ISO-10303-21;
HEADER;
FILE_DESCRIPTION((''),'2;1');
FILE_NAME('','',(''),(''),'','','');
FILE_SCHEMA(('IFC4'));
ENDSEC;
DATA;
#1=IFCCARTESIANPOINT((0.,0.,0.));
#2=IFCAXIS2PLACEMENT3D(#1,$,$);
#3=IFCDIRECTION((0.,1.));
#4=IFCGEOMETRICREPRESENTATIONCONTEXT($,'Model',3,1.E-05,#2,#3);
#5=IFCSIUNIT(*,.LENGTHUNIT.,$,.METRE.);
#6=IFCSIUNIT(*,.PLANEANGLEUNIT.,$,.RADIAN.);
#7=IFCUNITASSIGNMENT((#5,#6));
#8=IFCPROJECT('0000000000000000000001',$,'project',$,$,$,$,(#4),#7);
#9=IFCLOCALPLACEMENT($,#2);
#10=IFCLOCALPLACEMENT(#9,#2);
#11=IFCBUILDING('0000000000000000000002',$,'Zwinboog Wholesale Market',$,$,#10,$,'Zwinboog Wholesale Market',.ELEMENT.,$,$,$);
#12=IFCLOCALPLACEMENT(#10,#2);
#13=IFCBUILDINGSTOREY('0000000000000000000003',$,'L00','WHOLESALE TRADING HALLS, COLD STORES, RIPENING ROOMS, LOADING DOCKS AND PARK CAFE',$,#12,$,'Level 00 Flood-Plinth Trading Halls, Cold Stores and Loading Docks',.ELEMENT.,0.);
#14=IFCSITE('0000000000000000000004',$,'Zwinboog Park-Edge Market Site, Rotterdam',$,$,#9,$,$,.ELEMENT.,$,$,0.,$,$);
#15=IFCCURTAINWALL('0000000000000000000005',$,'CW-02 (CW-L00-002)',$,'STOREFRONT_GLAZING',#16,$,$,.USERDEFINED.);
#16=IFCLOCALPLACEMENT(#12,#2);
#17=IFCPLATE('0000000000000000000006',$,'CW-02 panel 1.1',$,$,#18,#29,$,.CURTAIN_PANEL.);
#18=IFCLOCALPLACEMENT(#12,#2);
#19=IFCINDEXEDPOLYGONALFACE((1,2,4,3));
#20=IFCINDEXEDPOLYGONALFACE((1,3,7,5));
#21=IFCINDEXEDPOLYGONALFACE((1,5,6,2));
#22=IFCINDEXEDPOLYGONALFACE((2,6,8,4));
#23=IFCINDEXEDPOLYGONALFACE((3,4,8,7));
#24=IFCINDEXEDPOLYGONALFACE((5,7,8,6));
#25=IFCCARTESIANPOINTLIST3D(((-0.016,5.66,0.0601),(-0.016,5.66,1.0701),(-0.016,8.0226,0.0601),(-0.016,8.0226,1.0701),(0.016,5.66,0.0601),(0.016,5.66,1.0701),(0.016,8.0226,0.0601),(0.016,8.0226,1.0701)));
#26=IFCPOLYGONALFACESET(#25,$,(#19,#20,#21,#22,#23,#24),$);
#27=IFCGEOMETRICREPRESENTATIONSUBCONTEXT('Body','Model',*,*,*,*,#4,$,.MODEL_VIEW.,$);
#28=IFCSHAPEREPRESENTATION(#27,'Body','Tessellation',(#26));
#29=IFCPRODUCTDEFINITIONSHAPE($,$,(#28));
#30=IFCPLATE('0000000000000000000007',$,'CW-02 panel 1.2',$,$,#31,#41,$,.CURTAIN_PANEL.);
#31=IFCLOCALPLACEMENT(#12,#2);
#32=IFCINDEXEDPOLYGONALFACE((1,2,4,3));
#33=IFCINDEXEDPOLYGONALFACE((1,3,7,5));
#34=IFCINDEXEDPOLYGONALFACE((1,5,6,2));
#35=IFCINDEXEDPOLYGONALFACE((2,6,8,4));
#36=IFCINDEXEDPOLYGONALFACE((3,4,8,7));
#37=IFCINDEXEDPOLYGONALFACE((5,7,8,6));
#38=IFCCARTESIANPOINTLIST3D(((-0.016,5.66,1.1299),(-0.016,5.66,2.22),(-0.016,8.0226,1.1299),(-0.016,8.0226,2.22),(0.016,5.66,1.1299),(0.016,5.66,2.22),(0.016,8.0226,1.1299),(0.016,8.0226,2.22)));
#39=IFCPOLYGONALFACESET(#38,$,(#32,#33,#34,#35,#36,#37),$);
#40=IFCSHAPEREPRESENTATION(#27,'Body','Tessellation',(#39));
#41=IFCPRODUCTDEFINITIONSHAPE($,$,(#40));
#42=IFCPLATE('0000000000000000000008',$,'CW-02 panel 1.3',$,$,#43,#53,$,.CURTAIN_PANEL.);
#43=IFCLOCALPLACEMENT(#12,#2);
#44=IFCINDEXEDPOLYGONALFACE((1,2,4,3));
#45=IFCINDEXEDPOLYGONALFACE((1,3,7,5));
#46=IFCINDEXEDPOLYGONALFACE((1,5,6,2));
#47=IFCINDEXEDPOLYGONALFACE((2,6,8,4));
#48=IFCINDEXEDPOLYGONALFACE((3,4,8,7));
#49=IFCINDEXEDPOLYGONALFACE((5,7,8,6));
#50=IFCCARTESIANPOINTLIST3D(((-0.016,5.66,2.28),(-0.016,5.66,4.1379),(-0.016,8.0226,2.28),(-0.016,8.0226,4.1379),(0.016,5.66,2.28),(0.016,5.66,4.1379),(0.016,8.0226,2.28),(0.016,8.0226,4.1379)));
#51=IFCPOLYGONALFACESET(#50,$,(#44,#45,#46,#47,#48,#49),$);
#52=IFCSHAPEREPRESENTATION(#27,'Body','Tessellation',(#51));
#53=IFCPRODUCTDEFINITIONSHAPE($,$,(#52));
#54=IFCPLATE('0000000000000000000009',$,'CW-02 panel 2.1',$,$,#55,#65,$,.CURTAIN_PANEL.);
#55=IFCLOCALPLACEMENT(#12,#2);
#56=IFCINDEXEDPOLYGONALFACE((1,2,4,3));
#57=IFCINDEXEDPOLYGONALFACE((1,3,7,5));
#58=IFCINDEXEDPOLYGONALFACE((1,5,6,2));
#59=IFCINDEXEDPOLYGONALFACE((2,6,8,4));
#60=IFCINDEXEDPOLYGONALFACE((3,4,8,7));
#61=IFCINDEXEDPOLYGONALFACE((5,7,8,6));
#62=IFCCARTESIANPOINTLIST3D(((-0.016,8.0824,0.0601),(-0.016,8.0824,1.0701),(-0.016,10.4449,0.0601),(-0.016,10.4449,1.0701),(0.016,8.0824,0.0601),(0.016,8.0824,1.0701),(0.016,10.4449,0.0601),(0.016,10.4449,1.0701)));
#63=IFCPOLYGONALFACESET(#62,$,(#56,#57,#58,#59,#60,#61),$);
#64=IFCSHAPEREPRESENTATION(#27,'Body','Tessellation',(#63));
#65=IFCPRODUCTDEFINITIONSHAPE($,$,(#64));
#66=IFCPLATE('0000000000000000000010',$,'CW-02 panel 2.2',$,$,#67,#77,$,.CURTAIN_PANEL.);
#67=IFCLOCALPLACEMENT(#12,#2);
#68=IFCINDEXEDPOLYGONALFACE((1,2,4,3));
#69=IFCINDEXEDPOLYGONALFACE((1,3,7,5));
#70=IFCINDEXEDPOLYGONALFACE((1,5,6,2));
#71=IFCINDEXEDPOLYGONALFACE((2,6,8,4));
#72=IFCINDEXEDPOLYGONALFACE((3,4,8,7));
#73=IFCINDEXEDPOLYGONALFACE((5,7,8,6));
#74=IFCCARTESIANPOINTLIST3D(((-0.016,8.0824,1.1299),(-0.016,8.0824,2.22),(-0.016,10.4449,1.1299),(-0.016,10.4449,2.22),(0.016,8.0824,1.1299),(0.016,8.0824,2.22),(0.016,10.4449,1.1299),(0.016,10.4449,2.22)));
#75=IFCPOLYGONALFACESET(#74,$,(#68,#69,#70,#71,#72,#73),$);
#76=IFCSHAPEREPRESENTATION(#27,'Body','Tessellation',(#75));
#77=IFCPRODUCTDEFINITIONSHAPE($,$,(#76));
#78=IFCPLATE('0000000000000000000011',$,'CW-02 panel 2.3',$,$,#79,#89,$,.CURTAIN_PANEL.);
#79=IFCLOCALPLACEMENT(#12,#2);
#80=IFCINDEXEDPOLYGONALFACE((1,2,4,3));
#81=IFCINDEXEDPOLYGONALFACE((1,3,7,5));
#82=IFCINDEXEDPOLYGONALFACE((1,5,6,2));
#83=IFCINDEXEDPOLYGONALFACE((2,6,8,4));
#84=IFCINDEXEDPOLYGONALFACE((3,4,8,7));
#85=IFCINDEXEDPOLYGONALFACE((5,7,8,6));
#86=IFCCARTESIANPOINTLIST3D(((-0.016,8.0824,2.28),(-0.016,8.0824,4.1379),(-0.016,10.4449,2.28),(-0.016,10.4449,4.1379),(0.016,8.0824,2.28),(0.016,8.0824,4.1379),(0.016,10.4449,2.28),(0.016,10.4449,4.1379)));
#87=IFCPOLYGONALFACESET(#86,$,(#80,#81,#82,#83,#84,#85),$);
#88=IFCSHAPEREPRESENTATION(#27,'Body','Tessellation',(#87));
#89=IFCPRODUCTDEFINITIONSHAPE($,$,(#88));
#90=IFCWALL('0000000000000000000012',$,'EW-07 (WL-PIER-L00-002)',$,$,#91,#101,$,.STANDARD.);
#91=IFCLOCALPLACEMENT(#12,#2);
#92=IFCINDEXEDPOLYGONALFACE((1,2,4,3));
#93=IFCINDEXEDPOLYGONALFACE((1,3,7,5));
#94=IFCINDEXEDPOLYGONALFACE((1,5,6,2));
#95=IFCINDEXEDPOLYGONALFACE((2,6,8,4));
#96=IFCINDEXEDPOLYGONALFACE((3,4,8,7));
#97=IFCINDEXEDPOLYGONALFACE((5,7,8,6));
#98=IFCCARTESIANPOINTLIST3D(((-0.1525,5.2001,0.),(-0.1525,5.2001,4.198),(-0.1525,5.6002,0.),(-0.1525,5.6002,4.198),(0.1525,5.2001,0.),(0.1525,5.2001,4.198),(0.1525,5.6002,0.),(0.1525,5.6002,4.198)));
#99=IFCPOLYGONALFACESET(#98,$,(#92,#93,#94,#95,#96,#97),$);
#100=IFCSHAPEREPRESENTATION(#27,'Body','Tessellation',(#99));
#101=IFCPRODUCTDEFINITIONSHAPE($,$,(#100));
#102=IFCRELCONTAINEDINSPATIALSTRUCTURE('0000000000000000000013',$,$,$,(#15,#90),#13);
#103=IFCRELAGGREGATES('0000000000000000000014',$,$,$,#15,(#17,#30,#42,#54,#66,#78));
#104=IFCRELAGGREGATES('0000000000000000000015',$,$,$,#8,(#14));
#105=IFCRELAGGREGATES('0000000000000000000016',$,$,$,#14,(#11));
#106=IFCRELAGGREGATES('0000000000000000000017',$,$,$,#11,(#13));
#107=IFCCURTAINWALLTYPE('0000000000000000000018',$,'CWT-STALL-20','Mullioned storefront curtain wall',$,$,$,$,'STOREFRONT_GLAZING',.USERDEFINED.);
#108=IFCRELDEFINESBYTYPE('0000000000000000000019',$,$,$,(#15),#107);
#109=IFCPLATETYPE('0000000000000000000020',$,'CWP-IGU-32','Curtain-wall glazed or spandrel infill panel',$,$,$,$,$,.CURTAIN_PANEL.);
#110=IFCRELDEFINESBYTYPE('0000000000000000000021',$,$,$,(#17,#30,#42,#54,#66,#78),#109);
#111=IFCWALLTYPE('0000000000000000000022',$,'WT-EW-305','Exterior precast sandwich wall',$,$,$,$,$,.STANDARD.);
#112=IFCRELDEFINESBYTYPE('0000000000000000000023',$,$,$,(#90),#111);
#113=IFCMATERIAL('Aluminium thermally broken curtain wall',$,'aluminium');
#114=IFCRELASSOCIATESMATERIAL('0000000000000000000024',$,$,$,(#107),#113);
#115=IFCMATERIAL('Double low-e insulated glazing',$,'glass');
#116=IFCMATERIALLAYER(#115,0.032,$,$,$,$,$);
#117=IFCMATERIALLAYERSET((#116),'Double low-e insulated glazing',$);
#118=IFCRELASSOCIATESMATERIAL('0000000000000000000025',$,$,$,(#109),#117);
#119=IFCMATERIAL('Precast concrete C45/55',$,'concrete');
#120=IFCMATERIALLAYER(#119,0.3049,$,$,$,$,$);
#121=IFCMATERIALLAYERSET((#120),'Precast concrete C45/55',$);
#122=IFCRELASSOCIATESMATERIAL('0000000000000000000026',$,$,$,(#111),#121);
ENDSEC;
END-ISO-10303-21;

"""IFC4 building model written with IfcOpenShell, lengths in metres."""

from ifc_helpers import new_model, si_unit, direction, frame, frame_2d, origin, origin_2d, place, context, subcontext, project, spatial, rectangle, extrude, material, layer, layer_set, type_object, element, aggregate, save


model = new_model("IFC4")

# Units and contexts
model_context = context("Model", 3, precision=1e-05, world=origin(), true_north=direction((0.0, 1.0)))
body_context = subcontext(model_context, "Body", "Model", "MODEL_VIEW")
ifc_project = project(units=[si_unit("LENGTHUNIT", "METRE"), si_unit("PLANEANGLEUNIT", "RADIAN")], contexts=[model_context])

# Site, building, storey
site_placement = place(None, origin())
site = spatial("IfcSite", under=ifc_project, at=site_placement, Name="Zwinboog Park-Edge Market Site, Rotterdam", CompositionType="ELEMENT", RefElevation=0.0)
building_placement = place(site_placement, origin())
building = spatial("IfcBuilding", under=site, at=building_placement, Name="Zwinboog Wholesale Market", LongName="Zwinboog Wholesale Market", CompositionType="ELEMENT")
storey_placement = place(building_placement, origin())
storey = spatial("IfcBuildingStorey", under=building, at=storey_placement, Name="L00", Description="WHOLESALE TRADING HALLS, COLD STORES, RIPENING ROOMS, LOADING DOCKS AND PARK CAFE", LongName="Level 00 Flood-Plinth Trading Halls, Cold Stores and Loading Docks", CompositionType="ELEMENT", Elevation=0.0)

# Shared definitions
ifc_material_1 = material(Name="Aluminium thermally broken curtain wall", Category="aluminium")

# Curtain wall
curtain_wall_type_1 = type_object("IfcCurtainWallType", Name="CWT-STALL-20", Description="Mullioned storefront curtain wall", ElementType="STOREFRONT_GLAZING", PredefinedType="USERDEFINED", material=ifc_material_1)
curtain_wall_1_placement = place(storey_placement, origin())
curtain_wall_1 = element("IfcCurtainWall", 1, at=curtain_wall_1_placement, inside=storey, type_object=curtain_wall_type_1, Name="CW-02 (CW-L00-002)", ObjectType="STOREFRONT_GLAZING", PredefinedType="USERDEFINED")

# Plates
ifc_material_2 = material(Name="Double low-e insulated glazing", Category="glass")
ifc_layer_1 = layer(ifc_material_2, 0.032)
ifc_layer_set_1 = layer_set([ifc_layer_1], Name="Double low-e insulated glazing")
plate_type = type_object("IfcPlateType", Name="CWP-IGU-32", Description="Curtain-wall glazed or spandrel infill panel", PredefinedType="CURTAIN_PANEL", material=ifc_layer_set_1)
plate_1_placement = place(storey_placement, frame((0.0, 6.8413, 0.0601), z_axis=(0.0, 0.0, 1.0), x_axis=(0.0, 1.0, 0.0)))
plate_1 = element("IfcPlate", 2, at=plate_1_placement, type_object=plate_type, Name="CW-02 panel 1.1", PredefinedType="CURTAIN_PANEL", context=body_context, shape_type="SweptSolid", body=[
    extrude(rectangle(XDim=2.3625, YDim=0.032, at=origin_2d()), origin(), (0.0, 0.0, 1.0), 1.01),
])
plate_2_placement = place(storey_placement, frame((0.0, 6.8413, 1.1299), z_axis=(0.0, 0.0, 1.0), x_axis=(0.0, 1.0, 0.0)))
plate_2 = element("IfcPlate", 3, at=plate_2_placement, type_object=plate_type, Name="CW-02 panel 1.2", PredefinedType="CURTAIN_PANEL", context=body_context, shape_type="SweptSolid", body=[
    extrude(rectangle(XDim=2.3625, YDim=0.032, at=origin_2d()), origin(), (0.0, 0.0, 1.0), 1.0901),
])
plate_3_placement = place(storey_placement, frame((0.0, 6.8413, 2.28), z_axis=(0.0, 0.0, 1.0), x_axis=(0.0, 1.0, 0.0)))
plate_3 = element("IfcPlate", 4, at=plate_3_placement, type_object=plate_type, Name="CW-02 panel 1.3", PredefinedType="CURTAIN_PANEL", context=body_context, shape_type="SweptSolid", body=[
    extrude(rectangle(XDim=2.3625, YDim=0.032, at=origin_2d()), origin(), (0.0, 0.0, 1.0), 1.8579),
])
plate_4_placement = place(storey_placement, frame((0.0, 9.2637, 0.0601), z_axis=(0.0, 0.0, 1.0), x_axis=(0.0, 1.0, 0.0)))
plate_4 = element("IfcPlate", 5, at=plate_4_placement, type_object=plate_type, Name="CW-02 panel 2.1", PredefinedType="CURTAIN_PANEL", context=body_context, shape_type="SweptSolid", body=[
    extrude(rectangle(XDim=2.3625, YDim=0.032, at=origin_2d()), origin(), (0.0, 0.0, 1.0), 1.01),
])
plate_5_placement = place(storey_placement, frame((0.0, 9.2637, 1.1299), z_axis=(0.0, 0.0, 1.0), x_axis=(0.0, 1.0, 0.0)))
plate_5 = element("IfcPlate", 6, at=plate_5_placement, type_object=plate_type, Name="CW-02 panel 2.2", PredefinedType="CURTAIN_PANEL", context=body_context, shape_type="SweptSolid", body=[
    extrude(rectangle(XDim=2.3625, YDim=0.032, at=origin_2d()), origin(), (0.0, 0.0, 1.0), 1.0901),
])
plate_6_placement = place(storey_placement, frame((0.0, 9.2637, 2.28), z_axis=(0.0, 0.0, 1.0), x_axis=(0.0, 1.0, 0.0)))
plate_6 = element("IfcPlate", 7, at=plate_6_placement, type_object=plate_type, Name="CW-02 panel 2.3", PredefinedType="CURTAIN_PANEL", context=body_context, shape_type="SweptSolid", body=[
    extrude(rectangle(XDim=2.3625, YDim=0.032, at=origin_2d()), origin(), (0.0, 0.0, 1.0), 1.8579),
])
aggregate(curtain_wall_1, [plate_1, plate_2, plate_3, plate_4, plate_5, plate_6])

# Wall
ifc_material_3 = material(Name="Precast concrete C45/55", Category="concrete")
ifc_layer_2 = layer(ifc_material_3, 0.3049)
ifc_layer_set_2 = layer_set([ifc_layer_2], Name="Precast concrete C45/55")
wall_type = type_object("IfcWallType", Name="WT-EW-305", Description="Exterior precast sandwich wall", PredefinedType="STANDARD", material=ifc_layer_set_2)
wall_placement = place(storey_placement, frame((0.0, 5.2, 0.0), z_axis=(0.0, 0.0, 1.0), x_axis=(0.0, 1.0, 0.0)))
element("IfcWall", 8, at=wall_placement, inside=storey, type_object=wall_type, Name="EW-07 (WL-PIER-L00-002)", PredefinedType="STANDARD", context=body_context, shape_type="SweptSolid", body=[
    extrude(rectangle(XDim=0.4001, YDim=0.3049, at=frame_2d((0.2002, 0.0))), origin(), (0.0, 0.0, 1.0), 4.198),
])

save(model, "model.ifc")
